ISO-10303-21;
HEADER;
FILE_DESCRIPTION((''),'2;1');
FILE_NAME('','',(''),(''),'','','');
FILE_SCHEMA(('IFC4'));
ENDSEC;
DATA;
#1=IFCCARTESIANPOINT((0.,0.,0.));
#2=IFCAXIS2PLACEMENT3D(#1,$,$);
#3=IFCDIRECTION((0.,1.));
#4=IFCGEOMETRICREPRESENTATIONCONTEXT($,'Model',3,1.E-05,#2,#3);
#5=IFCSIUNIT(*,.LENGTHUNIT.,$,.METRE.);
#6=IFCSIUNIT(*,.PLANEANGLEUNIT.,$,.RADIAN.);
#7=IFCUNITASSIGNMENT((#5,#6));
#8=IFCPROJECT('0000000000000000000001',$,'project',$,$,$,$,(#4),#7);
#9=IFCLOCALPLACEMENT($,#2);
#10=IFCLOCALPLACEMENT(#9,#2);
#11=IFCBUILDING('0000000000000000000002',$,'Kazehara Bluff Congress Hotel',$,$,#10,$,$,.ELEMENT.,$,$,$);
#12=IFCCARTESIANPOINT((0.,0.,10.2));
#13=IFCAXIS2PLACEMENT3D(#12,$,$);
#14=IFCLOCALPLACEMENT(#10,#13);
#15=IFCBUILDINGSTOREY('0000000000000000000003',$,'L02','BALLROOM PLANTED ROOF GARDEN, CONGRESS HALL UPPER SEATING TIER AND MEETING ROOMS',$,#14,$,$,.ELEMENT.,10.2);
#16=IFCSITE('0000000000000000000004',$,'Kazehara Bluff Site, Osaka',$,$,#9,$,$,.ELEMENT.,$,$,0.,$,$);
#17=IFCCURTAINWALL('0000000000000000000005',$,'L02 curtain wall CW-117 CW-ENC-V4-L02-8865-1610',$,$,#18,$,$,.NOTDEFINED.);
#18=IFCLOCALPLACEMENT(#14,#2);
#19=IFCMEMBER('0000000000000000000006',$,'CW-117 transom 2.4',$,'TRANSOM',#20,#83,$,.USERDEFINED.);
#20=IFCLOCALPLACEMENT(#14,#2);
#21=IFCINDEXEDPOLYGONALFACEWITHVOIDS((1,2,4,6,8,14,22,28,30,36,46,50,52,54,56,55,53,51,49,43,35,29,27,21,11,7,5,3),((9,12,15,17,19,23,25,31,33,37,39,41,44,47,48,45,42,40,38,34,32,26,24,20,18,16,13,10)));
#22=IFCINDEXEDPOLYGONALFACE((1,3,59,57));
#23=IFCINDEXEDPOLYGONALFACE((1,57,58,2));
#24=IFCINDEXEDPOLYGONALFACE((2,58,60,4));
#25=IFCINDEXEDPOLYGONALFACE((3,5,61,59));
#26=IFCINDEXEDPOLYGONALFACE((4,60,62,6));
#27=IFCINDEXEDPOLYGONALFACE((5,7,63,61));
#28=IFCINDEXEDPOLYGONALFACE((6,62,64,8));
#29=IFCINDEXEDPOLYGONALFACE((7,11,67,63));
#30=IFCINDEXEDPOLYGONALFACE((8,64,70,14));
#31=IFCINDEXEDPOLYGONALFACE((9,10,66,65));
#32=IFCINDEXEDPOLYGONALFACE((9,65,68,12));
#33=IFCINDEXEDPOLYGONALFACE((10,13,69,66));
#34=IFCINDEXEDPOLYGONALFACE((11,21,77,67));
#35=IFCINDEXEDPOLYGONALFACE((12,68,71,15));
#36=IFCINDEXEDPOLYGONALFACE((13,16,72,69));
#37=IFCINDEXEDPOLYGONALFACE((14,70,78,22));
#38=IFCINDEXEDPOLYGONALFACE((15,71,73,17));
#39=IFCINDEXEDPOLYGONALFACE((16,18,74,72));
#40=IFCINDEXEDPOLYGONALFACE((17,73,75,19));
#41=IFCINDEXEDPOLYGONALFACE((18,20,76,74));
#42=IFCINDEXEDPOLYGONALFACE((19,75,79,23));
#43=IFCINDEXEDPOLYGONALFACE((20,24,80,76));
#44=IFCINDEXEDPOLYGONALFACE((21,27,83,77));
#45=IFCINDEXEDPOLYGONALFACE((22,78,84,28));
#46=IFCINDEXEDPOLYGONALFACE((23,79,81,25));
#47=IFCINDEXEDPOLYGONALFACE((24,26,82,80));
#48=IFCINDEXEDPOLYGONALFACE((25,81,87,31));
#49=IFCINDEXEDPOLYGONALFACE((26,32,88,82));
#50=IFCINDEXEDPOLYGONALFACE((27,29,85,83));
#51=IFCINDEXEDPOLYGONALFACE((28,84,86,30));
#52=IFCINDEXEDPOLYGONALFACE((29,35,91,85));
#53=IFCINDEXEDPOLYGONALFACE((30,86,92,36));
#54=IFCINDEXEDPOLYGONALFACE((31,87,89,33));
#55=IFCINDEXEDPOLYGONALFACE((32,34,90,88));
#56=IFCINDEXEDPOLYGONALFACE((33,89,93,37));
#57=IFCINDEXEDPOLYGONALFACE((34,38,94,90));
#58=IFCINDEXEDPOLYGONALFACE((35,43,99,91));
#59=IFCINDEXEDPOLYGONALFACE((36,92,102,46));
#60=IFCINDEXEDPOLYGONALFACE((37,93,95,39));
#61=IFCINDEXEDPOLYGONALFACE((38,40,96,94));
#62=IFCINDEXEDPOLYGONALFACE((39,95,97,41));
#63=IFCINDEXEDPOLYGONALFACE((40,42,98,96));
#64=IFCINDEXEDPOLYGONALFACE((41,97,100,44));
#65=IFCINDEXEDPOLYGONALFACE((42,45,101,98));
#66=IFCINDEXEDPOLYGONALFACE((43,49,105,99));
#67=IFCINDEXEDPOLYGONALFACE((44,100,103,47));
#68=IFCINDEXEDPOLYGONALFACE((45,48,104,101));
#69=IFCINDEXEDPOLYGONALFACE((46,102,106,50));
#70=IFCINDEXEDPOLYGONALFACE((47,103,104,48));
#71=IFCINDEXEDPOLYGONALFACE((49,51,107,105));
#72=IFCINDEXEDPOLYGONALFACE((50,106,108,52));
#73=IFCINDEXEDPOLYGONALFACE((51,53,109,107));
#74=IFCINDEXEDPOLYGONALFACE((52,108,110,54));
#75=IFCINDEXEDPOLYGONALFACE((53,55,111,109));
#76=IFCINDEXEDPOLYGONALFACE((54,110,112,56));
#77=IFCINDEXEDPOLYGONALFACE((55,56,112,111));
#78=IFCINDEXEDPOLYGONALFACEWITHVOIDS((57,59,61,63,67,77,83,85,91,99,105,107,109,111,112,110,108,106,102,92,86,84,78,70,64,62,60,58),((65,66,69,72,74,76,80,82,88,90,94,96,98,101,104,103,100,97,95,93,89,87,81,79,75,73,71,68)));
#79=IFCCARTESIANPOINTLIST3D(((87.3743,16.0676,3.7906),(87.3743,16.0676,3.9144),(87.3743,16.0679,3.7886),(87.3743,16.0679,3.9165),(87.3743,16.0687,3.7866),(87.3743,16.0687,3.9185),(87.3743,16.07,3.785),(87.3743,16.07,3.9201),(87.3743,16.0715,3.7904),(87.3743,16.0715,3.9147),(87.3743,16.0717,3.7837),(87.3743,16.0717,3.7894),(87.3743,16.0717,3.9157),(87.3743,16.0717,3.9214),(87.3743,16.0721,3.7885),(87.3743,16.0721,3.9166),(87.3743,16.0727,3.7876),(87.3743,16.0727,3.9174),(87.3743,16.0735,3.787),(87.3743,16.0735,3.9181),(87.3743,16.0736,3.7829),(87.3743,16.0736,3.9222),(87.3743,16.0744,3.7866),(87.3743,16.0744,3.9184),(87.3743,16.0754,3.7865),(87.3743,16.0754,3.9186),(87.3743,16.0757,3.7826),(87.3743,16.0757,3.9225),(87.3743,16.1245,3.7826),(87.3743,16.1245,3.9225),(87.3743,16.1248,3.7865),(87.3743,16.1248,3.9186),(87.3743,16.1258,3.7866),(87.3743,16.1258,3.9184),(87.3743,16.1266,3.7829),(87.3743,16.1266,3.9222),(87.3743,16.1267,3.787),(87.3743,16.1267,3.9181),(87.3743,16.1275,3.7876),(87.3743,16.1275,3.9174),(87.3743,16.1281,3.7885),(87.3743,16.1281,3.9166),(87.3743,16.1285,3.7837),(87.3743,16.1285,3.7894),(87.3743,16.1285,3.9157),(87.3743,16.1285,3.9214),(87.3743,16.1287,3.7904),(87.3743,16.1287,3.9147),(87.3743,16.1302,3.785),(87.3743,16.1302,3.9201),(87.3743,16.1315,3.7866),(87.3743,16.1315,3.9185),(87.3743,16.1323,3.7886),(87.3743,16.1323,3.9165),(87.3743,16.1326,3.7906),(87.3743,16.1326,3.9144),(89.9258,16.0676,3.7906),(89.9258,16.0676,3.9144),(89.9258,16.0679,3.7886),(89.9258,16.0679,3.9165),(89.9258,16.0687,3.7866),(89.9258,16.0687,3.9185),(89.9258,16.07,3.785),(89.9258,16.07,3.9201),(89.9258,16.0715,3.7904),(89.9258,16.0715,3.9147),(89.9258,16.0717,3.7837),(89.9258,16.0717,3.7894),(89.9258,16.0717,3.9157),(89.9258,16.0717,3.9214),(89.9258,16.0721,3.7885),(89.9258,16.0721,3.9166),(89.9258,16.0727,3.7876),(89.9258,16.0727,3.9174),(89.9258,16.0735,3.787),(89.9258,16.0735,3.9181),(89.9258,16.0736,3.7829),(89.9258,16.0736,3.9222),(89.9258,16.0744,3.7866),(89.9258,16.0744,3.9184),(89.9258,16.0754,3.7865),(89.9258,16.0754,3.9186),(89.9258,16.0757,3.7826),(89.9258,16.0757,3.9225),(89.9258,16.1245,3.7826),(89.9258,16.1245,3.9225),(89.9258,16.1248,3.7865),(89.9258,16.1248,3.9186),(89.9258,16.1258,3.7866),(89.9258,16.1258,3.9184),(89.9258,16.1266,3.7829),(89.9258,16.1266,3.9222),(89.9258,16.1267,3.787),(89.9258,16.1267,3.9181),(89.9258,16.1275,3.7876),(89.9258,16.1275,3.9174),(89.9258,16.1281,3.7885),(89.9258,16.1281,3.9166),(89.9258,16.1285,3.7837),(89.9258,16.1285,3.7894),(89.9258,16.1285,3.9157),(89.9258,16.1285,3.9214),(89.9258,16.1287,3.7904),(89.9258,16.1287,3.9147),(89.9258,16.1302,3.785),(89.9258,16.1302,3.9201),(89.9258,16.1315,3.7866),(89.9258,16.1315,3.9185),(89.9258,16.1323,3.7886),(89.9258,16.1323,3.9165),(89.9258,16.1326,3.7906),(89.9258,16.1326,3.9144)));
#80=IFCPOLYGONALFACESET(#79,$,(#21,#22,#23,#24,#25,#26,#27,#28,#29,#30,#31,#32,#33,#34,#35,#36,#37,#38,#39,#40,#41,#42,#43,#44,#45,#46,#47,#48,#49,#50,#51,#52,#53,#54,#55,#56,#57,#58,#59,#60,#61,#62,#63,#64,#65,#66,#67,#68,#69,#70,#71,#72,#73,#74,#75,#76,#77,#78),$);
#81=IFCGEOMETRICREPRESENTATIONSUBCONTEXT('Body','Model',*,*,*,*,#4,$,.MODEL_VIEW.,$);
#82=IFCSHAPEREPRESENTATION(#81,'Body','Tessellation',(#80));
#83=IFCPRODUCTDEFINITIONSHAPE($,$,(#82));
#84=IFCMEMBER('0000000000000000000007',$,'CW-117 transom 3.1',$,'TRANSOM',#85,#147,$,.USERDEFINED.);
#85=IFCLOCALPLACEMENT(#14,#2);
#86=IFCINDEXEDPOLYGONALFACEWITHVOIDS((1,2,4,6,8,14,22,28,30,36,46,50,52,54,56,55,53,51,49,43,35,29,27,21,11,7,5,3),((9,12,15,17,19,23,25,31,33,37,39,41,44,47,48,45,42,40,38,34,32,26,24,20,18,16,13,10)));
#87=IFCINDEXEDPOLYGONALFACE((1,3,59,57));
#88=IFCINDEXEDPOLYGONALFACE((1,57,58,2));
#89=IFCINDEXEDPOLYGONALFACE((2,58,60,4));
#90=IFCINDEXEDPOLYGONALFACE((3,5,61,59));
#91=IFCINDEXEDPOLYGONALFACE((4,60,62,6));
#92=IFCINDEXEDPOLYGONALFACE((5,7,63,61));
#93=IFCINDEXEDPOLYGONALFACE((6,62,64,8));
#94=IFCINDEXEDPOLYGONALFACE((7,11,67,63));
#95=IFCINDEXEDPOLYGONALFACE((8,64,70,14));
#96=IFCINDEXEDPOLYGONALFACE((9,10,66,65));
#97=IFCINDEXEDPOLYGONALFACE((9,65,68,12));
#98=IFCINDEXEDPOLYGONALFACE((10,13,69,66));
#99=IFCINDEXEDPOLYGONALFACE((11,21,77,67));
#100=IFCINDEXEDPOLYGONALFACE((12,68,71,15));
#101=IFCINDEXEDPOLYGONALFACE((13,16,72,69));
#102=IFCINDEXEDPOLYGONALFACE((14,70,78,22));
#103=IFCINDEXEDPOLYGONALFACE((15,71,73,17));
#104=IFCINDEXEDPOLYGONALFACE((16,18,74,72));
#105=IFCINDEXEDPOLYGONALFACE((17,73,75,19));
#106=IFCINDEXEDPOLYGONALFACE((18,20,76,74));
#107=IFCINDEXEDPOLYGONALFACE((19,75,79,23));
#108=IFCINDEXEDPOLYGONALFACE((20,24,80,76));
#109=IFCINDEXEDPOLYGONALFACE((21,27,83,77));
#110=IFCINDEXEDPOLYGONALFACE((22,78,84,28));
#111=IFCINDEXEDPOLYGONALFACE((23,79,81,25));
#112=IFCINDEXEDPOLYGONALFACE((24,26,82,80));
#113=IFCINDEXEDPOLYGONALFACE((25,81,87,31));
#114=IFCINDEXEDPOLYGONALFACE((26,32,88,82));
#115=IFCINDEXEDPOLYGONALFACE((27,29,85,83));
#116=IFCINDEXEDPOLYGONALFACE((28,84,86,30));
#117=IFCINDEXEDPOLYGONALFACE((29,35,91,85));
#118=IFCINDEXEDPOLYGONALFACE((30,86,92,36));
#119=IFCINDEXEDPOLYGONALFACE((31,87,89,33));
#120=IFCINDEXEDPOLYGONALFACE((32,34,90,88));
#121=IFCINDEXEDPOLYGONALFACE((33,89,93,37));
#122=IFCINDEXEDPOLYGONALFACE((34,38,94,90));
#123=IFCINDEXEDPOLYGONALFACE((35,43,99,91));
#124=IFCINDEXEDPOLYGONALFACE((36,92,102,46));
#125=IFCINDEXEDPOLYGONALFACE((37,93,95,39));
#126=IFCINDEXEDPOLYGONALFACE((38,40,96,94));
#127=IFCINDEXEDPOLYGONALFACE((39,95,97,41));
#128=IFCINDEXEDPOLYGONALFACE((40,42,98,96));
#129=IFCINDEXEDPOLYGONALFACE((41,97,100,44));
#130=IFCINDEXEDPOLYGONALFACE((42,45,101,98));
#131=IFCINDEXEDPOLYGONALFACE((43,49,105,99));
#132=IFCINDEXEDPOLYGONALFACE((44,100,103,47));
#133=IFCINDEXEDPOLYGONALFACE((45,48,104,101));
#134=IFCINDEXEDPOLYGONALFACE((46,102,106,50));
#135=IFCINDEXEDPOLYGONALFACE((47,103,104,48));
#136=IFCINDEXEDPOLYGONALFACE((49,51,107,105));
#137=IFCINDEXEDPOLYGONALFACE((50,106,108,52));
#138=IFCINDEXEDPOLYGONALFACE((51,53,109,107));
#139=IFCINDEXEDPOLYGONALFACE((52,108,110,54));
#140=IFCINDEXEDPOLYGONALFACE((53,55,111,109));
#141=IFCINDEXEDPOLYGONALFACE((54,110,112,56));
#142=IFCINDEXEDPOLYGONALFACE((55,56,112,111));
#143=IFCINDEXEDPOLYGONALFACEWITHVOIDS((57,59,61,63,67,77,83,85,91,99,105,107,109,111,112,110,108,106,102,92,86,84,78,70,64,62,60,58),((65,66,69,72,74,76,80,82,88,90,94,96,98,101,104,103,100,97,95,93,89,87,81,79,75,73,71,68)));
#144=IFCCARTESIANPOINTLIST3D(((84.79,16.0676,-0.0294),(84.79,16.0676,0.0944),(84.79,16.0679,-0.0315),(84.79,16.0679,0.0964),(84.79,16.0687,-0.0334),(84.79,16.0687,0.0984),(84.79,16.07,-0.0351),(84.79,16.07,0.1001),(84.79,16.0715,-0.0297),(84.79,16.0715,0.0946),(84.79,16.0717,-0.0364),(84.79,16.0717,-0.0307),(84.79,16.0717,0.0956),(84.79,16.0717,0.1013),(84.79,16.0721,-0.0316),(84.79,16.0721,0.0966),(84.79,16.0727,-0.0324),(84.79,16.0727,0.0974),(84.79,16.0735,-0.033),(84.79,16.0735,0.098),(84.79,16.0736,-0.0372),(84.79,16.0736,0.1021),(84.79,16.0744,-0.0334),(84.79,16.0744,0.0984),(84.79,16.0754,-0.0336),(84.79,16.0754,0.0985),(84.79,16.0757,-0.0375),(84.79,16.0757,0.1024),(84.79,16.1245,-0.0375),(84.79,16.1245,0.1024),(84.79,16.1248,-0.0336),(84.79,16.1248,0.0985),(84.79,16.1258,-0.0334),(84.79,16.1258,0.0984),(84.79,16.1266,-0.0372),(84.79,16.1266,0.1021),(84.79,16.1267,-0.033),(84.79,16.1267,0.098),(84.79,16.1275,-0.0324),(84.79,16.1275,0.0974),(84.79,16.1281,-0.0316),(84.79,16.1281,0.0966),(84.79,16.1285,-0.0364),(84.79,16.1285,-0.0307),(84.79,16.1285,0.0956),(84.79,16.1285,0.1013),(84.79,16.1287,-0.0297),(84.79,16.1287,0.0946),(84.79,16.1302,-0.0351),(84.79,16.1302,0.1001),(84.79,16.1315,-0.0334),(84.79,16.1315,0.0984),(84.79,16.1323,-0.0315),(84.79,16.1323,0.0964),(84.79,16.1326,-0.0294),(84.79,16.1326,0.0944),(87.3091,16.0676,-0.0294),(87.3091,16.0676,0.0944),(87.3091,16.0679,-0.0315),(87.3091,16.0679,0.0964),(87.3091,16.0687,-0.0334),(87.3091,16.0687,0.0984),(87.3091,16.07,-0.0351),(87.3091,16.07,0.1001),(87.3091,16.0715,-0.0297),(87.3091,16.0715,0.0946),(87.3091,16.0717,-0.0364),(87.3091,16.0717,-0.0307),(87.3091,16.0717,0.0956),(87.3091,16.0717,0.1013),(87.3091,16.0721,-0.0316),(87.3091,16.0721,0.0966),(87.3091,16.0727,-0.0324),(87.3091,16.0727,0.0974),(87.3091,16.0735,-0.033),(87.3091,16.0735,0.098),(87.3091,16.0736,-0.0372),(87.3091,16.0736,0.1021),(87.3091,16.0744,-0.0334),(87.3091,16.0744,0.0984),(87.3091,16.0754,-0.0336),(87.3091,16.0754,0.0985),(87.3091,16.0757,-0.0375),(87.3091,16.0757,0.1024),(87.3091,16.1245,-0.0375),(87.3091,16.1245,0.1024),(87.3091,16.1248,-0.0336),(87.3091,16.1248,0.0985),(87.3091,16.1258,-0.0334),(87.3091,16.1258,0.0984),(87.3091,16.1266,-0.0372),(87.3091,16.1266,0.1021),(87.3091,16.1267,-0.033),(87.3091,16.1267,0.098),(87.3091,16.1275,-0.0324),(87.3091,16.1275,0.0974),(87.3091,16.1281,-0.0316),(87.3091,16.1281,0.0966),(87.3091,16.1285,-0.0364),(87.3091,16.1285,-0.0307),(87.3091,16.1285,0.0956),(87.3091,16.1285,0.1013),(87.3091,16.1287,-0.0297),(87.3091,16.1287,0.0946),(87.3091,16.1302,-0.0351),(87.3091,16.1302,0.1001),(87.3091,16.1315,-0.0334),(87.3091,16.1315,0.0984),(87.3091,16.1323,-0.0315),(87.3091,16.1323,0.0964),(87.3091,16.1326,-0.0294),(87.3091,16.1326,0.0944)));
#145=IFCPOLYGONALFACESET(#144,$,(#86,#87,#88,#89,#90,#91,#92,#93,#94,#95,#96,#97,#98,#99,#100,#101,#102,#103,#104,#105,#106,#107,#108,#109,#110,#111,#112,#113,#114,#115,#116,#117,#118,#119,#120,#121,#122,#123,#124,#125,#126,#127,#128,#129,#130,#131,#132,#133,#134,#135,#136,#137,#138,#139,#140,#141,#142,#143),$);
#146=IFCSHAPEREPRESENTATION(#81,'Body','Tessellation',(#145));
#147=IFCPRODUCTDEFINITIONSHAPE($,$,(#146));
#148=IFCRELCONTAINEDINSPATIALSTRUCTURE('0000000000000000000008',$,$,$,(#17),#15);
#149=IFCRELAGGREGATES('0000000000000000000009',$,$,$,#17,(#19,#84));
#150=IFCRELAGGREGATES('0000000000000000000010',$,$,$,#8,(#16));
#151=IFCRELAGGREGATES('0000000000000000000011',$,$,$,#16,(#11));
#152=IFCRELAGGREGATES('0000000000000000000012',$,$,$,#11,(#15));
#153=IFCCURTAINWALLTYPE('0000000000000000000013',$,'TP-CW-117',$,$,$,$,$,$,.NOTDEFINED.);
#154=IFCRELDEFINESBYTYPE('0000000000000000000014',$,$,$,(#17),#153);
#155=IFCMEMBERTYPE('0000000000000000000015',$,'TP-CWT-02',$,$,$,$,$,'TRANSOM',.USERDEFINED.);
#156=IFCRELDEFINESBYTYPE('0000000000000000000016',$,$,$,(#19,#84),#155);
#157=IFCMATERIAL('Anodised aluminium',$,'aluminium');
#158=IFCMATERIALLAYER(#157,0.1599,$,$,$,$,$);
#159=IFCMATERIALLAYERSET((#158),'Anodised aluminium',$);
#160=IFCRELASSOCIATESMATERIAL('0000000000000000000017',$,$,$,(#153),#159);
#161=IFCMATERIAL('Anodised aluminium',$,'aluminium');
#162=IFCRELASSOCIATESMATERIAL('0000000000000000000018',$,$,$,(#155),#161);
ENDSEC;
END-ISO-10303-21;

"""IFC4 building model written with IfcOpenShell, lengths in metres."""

from ifc_helpers import new_model, si_unit, direction, frame, origin, origin_2d, place, context, subcontext, project, spatial, hollow_rectangle, extrude, material, layer, layer_set, material_profile, profile_set, type_object, element, aggregate, save


model = new_model("IFC4")

# Units and contexts
model_context = context("Model", 3, precision=1e-05, world=origin(), true_north=direction((0.0, 1.0)))
body_context = subcontext(model_context, "Body", "Model", "MODEL_VIEW")
ifc_project = project(units=[si_unit("LENGTHUNIT", "METRE"), si_unit("PLANEANGLEUNIT", "RADIAN")], contexts=[model_context])

# Site, building, storey
site_placement = place(None, origin())
site = spatial("IfcSite", under=ifc_project, at=site_placement, Name="Kazehara Bluff Site, Osaka", CompositionType="ELEMENT", RefElevation=0.0)
building_placement = place(site_placement, origin())
building = spatial("IfcBuilding", under=site, at=building_placement, Name="Kazehara Bluff Congress Hotel", CompositionType="ELEMENT")
storey_placement = place(building_placement, frame((0.0, 0.0, 10.2)))
storey = spatial("IfcBuildingStorey", under=building, at=storey_placement, Name="L02", Description="BALLROOM PLANTED ROOF GARDEN, CONGRESS HALL UPPER SEATING TIER AND MEETING ROOMS", CompositionType="ELEMENT", Elevation=10.2)

# Shared definitions
ifc_material_1 = material(Name="Anodised aluminium", Category="aluminium")
ifc_layer_1 = layer(ifc_material_1, 0.1599)
ifc_layer_set_1 = layer_set([ifc_layer_1], Name="Anodised aluminium")
curtain_wall_type = type_object("IfcCurtainWallType", Name="TP-CW-117", PredefinedType="NOTDEFINED", material=ifc_layer_set_1)

# Curtain wall
curtain_wall_1_placement = place(storey_placement, origin())
curtain_wall_1 = element("IfcCurtainWall", 1, at=curtain_wall_1_placement, inside=storey, type_object=curtain_wall_type, Name="L02 curtain wall CW-117 CW-ENC-V4-L02-8865-1610", PredefinedType="NOTDEFINED")

# Members
ifc_material_2 = material(Name="Anodised aluminium", Category="aluminium")
ifc_material_profile_1 = material_profile(ifc_material_2, hollow_rectangle(XDim=0.0649, YDim=0.1399, WallThickness=0.0039, InnerFilletRadius=0.0039, OuterFilletRadius=0.0081, at=origin_2d()))
ifc_profile_set_1 = profile_set([ifc_material_profile_1], Name="Anodised aluminium")
member_type_1 = type_object("IfcMemberType", Name="TP-CWT-02", ElementType="TRANSOM", PredefinedType="USERDEFINED", material=ifc_profile_set_1)
member_1_placement = place(storey_placement, frame((89.9258, 16.1001, 3.8525), z_axis=(-1.0, 0.0, 0.0), x_axis=(0.0, -1.0, 0.0)))
member_1 = element("IfcMember", 2, at=member_1_placement, type_object=member_type_1, Name="CW-117 transom 2.4", ObjectType="TRANSOM", PredefinedType="USERDEFINED", context=body_context, shape_type="SweptSolid", body=[
    extrude(hollow_rectangle(XDim=0.0649, YDim=0.1399, WallThickness=0.0039, InnerFilletRadius=0.0039, OuterFilletRadius=0.0081, at=origin_2d()), origin(), (0.0, 0.0, 1.0), 2.5515),
])
member_2_placement = place(storey_placement, frame((87.3091, 16.1001, 0.0325), z_axis=(-1.0, 0.0, 0.0), x_axis=(0.0, -1.0, 0.0)))
member_2 = element("IfcMember", 3, at=member_2_placement, type_object=member_type_1, Name="CW-117 transom 3.1", ObjectType="TRANSOM", PredefinedType="USERDEFINED", context=body_context, shape_type="SweptSolid", body=[
    extrude(hollow_rectangle(XDim=0.0649, YDim=0.1399, WallThickness=0.0039, InnerFilletRadius=0.0039, OuterFilletRadius=0.0081, at=origin_2d()), origin(), (0.0, 0.0, 1.0), 2.519),
])

aggregate(curtain_wall_1, [member_1, member_2])

save(model, "model.ifc")
